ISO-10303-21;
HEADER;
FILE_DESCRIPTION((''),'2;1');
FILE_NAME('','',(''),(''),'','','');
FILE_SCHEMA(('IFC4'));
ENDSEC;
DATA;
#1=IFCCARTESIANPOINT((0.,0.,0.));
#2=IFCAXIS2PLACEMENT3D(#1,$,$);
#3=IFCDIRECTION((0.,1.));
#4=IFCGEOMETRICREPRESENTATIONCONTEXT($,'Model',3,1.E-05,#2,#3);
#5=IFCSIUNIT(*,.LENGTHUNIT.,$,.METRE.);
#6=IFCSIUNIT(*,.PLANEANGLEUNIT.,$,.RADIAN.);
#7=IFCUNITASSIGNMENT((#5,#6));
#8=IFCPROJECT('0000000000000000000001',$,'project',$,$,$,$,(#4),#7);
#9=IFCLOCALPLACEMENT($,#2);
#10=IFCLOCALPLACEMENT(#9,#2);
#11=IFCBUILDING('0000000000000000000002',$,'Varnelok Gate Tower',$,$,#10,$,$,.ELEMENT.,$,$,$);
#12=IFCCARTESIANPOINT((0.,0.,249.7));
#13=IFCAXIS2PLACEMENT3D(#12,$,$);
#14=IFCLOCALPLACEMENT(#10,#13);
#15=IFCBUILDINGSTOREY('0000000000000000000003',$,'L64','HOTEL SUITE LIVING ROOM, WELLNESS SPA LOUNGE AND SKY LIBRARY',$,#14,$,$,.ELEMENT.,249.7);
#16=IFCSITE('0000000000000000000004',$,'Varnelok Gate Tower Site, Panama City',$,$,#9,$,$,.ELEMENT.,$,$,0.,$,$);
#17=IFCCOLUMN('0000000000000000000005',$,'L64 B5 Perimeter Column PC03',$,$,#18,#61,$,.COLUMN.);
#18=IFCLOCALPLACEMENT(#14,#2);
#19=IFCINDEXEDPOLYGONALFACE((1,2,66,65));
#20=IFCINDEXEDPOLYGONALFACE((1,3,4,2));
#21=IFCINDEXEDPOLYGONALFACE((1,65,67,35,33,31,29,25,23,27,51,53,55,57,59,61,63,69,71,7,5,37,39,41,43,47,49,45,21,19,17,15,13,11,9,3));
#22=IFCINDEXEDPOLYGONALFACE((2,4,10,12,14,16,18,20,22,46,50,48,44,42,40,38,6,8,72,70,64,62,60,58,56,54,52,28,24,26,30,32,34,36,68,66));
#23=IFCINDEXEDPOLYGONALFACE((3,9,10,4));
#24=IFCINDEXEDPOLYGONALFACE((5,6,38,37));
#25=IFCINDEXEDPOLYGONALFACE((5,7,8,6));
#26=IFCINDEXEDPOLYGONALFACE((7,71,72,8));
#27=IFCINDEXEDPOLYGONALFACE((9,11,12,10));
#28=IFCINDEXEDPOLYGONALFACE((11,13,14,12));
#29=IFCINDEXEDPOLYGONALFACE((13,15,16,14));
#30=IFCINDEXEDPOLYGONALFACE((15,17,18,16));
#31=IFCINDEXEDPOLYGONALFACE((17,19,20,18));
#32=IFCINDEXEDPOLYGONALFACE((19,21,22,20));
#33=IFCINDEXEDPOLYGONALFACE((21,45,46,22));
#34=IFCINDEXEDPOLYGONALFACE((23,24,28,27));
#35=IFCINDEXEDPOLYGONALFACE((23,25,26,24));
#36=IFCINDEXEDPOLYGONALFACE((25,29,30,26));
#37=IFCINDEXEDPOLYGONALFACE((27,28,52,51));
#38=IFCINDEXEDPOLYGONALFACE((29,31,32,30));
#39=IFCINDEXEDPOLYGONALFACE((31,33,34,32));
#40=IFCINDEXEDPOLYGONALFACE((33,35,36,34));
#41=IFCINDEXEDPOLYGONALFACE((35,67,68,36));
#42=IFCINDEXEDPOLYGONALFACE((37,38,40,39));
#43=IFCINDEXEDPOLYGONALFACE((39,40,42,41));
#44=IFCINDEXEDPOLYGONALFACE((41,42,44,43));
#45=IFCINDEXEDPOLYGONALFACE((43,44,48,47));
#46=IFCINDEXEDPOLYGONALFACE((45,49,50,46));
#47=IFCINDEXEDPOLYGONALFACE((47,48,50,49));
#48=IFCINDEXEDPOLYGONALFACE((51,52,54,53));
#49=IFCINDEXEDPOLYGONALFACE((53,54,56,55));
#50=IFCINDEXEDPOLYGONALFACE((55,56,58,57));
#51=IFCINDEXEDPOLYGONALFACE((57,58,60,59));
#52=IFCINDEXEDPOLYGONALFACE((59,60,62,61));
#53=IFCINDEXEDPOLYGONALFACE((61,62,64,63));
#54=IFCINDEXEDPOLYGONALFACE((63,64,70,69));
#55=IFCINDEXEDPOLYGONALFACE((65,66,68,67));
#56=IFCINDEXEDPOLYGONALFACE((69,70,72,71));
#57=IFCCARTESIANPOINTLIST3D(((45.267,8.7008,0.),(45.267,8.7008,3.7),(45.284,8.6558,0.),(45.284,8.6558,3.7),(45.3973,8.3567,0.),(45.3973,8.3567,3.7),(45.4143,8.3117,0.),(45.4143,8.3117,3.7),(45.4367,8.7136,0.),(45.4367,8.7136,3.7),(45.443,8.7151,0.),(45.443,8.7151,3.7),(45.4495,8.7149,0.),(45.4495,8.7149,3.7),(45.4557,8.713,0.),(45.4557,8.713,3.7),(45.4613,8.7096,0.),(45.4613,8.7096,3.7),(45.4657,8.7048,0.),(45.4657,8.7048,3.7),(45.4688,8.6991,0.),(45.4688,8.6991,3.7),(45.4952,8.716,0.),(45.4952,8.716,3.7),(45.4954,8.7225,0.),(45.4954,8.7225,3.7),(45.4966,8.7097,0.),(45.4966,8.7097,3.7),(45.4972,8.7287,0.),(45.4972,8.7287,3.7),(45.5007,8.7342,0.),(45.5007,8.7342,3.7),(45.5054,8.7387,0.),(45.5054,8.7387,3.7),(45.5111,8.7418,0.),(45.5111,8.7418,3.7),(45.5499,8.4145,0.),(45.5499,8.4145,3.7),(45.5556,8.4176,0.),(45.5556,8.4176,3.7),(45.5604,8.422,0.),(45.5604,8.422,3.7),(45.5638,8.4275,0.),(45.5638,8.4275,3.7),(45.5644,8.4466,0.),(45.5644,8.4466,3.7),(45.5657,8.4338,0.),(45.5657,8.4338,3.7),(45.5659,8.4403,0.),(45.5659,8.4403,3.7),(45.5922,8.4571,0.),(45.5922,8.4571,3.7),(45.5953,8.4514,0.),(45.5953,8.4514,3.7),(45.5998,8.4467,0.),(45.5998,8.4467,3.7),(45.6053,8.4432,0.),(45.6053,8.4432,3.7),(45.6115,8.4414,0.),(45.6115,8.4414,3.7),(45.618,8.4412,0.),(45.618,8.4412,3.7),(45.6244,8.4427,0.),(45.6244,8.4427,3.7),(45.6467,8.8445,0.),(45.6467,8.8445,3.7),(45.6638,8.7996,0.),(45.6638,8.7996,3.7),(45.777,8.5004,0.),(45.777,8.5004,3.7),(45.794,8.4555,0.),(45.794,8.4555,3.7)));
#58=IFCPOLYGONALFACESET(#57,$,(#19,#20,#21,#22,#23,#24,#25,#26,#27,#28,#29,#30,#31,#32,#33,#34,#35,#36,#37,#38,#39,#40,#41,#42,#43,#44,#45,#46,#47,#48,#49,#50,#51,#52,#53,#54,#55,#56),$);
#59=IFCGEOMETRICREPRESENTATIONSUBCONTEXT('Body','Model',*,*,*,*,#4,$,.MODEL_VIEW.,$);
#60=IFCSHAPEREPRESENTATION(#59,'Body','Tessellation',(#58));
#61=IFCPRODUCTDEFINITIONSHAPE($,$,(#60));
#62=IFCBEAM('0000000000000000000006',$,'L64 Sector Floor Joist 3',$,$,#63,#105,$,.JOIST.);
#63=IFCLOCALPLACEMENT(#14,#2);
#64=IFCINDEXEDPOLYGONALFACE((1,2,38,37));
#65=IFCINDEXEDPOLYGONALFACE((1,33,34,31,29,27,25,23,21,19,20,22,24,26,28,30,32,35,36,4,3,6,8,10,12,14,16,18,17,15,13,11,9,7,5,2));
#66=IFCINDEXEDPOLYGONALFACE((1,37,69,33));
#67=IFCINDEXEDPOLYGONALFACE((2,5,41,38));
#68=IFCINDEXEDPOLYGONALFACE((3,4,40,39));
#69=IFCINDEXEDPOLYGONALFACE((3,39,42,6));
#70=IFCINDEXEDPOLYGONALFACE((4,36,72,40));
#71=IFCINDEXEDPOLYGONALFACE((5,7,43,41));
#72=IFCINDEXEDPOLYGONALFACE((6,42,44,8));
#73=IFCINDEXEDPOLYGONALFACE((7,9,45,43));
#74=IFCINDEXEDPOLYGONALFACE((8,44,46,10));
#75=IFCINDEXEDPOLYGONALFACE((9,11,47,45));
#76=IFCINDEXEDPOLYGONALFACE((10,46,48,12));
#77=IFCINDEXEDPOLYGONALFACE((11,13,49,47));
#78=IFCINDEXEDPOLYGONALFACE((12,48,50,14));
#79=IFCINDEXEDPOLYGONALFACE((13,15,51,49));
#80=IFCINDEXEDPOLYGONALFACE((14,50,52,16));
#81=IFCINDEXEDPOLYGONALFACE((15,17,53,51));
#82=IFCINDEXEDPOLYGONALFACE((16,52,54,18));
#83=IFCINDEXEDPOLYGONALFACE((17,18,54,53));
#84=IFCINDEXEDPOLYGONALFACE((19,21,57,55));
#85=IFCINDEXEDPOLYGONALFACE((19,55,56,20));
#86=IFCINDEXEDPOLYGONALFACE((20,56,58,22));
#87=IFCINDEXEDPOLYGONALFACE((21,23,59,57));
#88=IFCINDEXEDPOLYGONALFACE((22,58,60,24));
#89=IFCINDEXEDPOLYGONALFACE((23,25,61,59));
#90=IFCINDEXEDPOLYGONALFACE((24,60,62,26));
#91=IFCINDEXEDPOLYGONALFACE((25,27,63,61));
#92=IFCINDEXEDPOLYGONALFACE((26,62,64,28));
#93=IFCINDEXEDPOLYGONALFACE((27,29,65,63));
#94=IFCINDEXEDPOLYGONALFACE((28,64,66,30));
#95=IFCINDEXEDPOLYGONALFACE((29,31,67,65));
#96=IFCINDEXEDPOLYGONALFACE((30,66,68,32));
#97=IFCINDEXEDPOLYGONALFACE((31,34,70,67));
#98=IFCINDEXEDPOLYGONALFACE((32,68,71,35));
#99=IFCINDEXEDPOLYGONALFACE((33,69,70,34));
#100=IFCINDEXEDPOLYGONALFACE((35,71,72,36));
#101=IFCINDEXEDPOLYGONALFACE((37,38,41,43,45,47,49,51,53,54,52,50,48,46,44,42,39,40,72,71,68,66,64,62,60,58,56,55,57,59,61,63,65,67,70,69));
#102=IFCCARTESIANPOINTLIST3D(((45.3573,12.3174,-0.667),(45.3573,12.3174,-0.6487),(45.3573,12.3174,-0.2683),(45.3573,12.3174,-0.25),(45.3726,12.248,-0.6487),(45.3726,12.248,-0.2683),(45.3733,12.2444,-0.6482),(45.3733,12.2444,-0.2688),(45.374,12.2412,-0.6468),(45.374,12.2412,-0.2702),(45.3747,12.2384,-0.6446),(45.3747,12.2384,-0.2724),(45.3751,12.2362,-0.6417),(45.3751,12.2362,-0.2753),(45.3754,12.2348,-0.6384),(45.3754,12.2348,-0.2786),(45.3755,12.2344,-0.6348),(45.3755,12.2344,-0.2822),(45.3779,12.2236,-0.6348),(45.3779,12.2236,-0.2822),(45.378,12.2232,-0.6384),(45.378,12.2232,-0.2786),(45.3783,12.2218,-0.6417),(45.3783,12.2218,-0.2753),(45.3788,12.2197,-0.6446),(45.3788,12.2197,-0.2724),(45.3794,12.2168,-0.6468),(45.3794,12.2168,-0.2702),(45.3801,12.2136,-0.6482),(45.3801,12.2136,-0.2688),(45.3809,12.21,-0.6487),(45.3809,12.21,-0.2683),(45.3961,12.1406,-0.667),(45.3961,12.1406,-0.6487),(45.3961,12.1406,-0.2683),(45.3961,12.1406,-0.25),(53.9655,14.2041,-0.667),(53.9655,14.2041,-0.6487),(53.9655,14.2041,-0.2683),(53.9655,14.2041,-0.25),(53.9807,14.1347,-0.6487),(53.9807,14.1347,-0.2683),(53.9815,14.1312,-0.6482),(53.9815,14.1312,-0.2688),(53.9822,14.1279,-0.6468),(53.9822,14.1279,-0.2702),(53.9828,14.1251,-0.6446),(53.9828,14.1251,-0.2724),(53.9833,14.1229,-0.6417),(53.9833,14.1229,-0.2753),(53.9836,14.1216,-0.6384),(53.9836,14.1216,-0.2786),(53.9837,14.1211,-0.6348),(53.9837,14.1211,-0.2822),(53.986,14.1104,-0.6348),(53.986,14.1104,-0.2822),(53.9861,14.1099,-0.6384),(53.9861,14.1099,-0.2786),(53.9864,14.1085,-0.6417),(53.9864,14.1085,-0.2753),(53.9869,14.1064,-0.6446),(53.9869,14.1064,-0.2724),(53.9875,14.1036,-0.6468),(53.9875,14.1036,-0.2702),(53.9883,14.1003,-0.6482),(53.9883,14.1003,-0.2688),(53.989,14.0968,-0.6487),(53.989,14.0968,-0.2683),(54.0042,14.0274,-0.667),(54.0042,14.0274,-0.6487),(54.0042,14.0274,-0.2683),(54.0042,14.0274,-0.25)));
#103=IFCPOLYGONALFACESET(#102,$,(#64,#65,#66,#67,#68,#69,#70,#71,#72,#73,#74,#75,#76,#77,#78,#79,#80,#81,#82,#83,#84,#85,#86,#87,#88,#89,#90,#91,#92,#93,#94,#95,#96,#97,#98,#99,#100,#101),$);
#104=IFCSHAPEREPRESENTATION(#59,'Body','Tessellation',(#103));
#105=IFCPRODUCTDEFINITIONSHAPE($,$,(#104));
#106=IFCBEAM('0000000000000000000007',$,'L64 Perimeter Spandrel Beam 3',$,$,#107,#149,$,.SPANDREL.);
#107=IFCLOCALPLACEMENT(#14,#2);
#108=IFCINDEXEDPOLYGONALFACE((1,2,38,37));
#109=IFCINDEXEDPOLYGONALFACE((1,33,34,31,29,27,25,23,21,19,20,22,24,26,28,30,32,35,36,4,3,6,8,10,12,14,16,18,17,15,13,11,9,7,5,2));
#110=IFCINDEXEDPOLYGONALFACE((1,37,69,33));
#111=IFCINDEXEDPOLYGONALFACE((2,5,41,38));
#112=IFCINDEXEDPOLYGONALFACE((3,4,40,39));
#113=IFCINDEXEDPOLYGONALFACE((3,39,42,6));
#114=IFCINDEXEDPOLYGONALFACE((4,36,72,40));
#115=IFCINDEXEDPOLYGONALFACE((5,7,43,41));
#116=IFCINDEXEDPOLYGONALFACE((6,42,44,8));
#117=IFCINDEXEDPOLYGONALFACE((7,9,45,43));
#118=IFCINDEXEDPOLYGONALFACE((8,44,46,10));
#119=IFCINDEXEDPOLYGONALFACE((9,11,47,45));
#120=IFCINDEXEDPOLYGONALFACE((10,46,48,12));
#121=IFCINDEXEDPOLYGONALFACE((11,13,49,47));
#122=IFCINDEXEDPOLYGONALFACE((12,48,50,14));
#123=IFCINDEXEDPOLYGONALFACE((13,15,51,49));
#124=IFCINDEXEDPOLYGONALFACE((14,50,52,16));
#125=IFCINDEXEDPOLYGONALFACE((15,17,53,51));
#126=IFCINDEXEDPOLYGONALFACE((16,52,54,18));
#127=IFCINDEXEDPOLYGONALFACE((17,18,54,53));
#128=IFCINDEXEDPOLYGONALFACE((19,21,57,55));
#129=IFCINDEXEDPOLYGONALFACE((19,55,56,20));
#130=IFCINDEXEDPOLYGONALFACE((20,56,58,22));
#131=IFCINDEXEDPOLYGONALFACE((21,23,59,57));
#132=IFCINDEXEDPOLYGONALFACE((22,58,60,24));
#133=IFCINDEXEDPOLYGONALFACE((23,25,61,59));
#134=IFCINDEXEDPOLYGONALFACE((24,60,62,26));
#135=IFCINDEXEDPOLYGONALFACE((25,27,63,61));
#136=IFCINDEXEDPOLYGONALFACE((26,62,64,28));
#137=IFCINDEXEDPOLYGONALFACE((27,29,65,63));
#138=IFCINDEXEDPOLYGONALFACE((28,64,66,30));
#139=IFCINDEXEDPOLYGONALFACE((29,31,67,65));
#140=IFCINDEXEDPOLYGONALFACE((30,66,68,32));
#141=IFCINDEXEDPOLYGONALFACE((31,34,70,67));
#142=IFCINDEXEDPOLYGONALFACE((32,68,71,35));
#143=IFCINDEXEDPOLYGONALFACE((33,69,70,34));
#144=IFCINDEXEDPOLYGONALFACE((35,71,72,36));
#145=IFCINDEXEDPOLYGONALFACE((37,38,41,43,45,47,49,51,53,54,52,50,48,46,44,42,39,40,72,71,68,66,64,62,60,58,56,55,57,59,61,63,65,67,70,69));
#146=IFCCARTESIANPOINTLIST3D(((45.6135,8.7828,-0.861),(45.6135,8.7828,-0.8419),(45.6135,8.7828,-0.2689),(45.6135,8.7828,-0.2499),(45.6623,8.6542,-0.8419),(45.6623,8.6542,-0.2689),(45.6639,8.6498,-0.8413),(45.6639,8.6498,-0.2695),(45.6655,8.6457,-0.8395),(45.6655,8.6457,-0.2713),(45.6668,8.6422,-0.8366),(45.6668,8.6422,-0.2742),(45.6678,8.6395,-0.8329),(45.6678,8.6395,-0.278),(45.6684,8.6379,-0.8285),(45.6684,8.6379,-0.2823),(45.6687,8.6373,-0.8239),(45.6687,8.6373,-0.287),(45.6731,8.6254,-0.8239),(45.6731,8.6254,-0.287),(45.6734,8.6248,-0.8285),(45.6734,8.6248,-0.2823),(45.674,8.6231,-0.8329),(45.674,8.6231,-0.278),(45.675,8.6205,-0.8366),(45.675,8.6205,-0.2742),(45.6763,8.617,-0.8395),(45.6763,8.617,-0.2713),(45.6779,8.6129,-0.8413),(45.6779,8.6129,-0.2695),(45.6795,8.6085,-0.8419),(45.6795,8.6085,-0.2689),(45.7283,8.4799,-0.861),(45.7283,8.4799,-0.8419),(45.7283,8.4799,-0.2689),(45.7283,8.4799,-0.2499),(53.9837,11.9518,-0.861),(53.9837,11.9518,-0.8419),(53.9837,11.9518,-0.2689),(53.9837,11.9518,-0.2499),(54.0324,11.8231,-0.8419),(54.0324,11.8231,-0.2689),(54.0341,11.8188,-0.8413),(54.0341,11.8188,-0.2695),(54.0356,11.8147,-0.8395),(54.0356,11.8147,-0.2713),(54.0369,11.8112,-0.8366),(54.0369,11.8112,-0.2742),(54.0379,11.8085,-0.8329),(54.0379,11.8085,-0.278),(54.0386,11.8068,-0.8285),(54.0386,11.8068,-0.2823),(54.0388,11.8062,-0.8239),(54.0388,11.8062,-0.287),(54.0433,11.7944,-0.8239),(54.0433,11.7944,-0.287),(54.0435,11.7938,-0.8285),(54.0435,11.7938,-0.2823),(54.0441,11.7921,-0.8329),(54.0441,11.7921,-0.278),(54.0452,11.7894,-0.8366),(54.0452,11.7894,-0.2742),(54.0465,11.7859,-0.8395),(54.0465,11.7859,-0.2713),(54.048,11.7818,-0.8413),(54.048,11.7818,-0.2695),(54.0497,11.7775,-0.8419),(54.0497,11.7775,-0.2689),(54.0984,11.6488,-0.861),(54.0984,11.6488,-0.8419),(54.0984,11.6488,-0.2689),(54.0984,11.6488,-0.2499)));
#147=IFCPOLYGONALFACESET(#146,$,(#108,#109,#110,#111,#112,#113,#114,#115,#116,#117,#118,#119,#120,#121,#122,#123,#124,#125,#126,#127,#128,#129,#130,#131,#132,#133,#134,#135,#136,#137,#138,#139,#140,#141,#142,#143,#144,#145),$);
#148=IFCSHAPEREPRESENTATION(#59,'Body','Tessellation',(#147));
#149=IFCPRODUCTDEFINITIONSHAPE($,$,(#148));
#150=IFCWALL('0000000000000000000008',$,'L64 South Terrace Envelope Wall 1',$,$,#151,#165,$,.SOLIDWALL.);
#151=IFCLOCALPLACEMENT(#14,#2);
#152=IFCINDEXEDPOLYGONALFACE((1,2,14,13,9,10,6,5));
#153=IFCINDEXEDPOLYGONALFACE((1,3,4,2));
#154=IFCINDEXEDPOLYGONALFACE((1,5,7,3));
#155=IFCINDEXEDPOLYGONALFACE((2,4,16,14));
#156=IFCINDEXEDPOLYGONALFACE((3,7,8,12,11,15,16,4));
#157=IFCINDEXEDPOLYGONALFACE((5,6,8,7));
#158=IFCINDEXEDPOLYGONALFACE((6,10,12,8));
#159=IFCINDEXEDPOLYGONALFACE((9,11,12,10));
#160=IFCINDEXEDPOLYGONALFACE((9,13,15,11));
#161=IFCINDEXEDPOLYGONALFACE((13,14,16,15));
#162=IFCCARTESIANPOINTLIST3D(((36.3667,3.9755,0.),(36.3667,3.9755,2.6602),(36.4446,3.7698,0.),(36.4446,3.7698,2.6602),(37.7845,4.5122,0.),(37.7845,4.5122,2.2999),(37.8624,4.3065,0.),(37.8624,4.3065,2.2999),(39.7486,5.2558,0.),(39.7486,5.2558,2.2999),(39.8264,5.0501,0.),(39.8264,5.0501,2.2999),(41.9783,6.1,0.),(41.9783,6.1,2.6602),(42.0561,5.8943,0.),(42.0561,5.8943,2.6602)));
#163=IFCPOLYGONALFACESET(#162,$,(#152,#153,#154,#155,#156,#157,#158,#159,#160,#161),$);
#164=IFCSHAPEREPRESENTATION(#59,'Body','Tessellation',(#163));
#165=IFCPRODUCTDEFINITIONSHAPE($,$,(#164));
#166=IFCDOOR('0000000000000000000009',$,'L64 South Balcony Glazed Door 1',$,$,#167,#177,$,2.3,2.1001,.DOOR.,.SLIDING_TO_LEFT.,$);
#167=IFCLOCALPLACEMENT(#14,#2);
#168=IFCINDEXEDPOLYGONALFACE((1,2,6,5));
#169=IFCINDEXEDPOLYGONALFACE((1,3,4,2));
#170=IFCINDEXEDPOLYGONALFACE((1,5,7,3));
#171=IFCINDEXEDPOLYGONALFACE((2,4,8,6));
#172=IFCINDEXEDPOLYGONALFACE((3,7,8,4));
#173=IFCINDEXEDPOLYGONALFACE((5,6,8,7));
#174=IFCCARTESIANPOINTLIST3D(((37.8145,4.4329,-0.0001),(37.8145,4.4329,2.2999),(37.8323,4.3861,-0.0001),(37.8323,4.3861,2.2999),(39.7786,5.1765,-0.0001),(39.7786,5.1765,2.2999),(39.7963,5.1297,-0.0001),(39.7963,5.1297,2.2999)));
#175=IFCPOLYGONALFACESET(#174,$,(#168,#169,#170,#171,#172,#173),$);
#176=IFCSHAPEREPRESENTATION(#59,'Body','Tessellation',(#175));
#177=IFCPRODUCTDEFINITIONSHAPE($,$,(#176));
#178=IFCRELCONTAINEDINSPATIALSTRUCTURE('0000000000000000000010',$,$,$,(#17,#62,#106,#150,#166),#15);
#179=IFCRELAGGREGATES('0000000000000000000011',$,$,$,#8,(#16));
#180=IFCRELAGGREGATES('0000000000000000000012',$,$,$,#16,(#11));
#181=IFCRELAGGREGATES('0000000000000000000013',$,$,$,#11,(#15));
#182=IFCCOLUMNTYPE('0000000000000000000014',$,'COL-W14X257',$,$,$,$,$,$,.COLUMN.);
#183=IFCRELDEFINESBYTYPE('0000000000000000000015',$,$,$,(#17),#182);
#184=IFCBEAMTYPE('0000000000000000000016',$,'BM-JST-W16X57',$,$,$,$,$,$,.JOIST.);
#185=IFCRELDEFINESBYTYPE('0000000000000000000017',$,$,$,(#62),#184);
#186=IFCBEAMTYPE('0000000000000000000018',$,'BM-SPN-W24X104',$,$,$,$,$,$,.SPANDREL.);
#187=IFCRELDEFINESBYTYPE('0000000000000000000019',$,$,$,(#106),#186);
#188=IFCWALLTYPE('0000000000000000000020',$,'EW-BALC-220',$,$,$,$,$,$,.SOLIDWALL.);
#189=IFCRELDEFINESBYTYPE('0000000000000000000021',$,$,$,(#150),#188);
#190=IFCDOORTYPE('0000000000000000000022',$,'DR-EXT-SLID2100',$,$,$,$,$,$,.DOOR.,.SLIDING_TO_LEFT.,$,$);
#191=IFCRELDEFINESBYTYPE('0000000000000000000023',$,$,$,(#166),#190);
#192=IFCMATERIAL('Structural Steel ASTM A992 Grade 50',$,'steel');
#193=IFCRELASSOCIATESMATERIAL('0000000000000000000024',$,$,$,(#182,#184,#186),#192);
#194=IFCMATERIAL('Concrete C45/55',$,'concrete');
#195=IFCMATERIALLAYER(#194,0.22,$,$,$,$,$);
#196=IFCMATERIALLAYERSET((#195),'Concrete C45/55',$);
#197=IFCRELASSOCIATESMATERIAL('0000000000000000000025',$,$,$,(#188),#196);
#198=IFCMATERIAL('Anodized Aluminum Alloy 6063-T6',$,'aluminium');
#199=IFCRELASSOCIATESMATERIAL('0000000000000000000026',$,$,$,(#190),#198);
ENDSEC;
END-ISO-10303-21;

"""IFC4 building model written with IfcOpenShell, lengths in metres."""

from ifc_helpers import new_model, si_unit, direction, frame, frame_2d, origin, origin_2d, place, context, subcontext, project, spatial, rectangle, i_section, extrude, material, layer, layer_set, material_profile, profile_set, type_object, element, fill, save


model = new_model("IFC4")

# Units and contexts
model_context = context("Model", 3, precision=1e-05, world=origin(), true_north=direction((0.0, 1.0)))
body_context = subcontext(model_context, "Body", "Model", "MODEL_VIEW")
ifc_project = project(units=[si_unit("LENGTHUNIT", "METRE"), si_unit("PLANEANGLEUNIT", "RADIAN")], contexts=[model_context])

# Site, building, storey
site_placement = place(None, origin())
site = spatial("IfcSite", under=ifc_project, at=site_placement, Name="Varnelok Gate Tower Site, Panama City", CompositionType="ELEMENT", RefElevation=0.0)
building_placement = place(site_placement, origin())
building = spatial("IfcBuilding", under=site, at=building_placement, Name="Varnelok Gate Tower", CompositionType="ELEMENT")
storey_placement = place(building_placement, frame((0.0, 0.0, 249.7)))
storey = spatial("IfcBuildingStorey", under=building, at=storey_placement, Name="L64", Description="HOTEL SUITE LIVING ROOM, WELLNESS SPA LOUNGE AND SKY LIBRARY", CompositionType="ELEMENT", Elevation=249.7)

# Column
ifc_material_1 = material(Name="Structural Steel ASTM A992 Grade 50", Category="steel")
ifc_material_profile_1 = material_profile(ifc_material_1, i_section(OverallWidth=0.406, OverallDepth=0.416, WebThickness=0.0298, FlangeThickness=0.0481, FilletRadius=0.0249, at=origin_2d()), Name="W14X257")
ifc_profile_set_1 = profile_set([ifc_material_profile_1], Name="Structural Steel ASTM A992 Grade 50")
column_type = type_object("IfcColumnType", Name="COL-W14X257", PredefinedType="COLUMN", material=ifc_profile_set_1)
column_placement = place(storey_placement, frame((45.5305, 8.5781, 0.0), z_axis=(0.0, 0.0, 1.0), x_axis=(0.935222, 0.354063, 0.0)))
element("IfcColumn", 1, at=column_placement, inside=storey, type_object=column_type, Name="L64 B5 Perimeter Column PC03", PredefinedType="COLUMN", context=body_context, shape_type="SweptSolid", body=[
    extrude(i_section(OverallWidth=0.406, OverallDepth=0.416, WebThickness=0.0298, FlangeThickness=0.0481, FilletRadius=0.0249, at=origin_2d()), origin(), (0.0, 0.0, 1.0), 3.7),
])

# Beams
ifc_material_profile_2 = material_profile(ifc_material_1, i_section(OverallWidth=0.1809, OverallDepth=0.417, WebThickness=0.011, FlangeThickness=0.0183, FilletRadius=0.0139, at=origin_2d()), Name="W16X57")
ifc_profile_set_2 = profile_set([ifc_material_profile_2], Name="Structural Steel ASTM A992 Grade 50")
beam_type_1 = type_object("IfcBeamType", Name="BM-JST-W16X57", PredefinedType="JOIST", material=ifc_profile_set_2)
beam_1_placement = place(storey_placement, frame((45.3767, 12.229, -0.4585), z_axis=(0.976813, 0.214096, 0.0), x_axis=(-0.214096, 0.976813, 0.0)))
element("IfcBeam", 2, at=beam_1_placement, inside=storey, type_object=beam_type_1, Name="L64 Sector Floor Joist 3", PredefinedType="JOIST", context=body_context, shape_type="SweptSolid", body=[
    extrude(i_section(OverallWidth=0.1809, OverallDepth=0.417, WebThickness=0.011, FlangeThickness=0.0183, FilletRadius=0.0139, at=origin_2d()), origin(), (0.0, 0.0, 1.0), 8.8125),
])
ifc_material_profile_3 = material_profile(ifc_material_1, i_section(OverallWidth=0.324, OverallDepth=0.6111, WebThickness=0.0127, FlangeThickness=0.019, FilletRadius=0.0181, at=origin_2d()), Name="W24X104")
ifc_profile_set_3 = profile_set([ifc_material_profile_3], Name="Structural Steel ASTM A992 Grade 50")
beam_type_2 = type_object("IfcBeamType", Name="BM-SPN-W24X104", PredefinedType="SPANDREL", material=ifc_profile_set_3)
beam_2_placement = place(storey_placement, frame((45.6709, 8.6313, -0.5554), z_axis=(0.935217, 0.354075, 0.0), x_axis=(-0.354075, 0.935217, 0.0)))
element("IfcBeam", 3, at=beam_2_placement, inside=storey, type_object=beam_type_2, Name="L64 Perimeter Spandrel Beam 3", PredefinedType="SPANDREL", context=body_context, shape_type="SweptSolid", body=[
    extrude(i_section(OverallWidth=0.324, OverallDepth=0.6111, WebThickness=0.0127, FlangeThickness=0.019, FilletRadius=0.0181, at=origin_2d()), origin(), (0.0, 0.0, 1.0), 8.95),
])

# Wall, opening, door
ifc_material_2 = material(Name="Concrete C45/55", Category="concrete")
ifc_layer_1 = layer(ifc_material_2, 0.22)
ifc_layer_set_1 = layer_set([ifc_layer_1], Name="Concrete C45/55")
wall_type_1 = type_object("IfcWallType", Name="EW-BALC-220", PredefinedType="SOLIDWALL", material=ifc_layer_set_1)
wall_1_placement = place(storey_placement, frame((42.0171, 5.9971, 0.0), z_axis=(0.0, 0.0, 1.0), x_axis=(-0.935219, -0.354069, 0.0)))
wall_1 = element("IfcWall", 4, at=wall_1_placement, inside=storey, type_object=wall_type_1, Name="L64 South Terrace Envelope Wall 1", PredefinedType="SOLIDWALL", context=body_context, shape_type="SweptSolid", body=[
    extrude(rectangle(XDim=6.0002, YDim=0.22, at=frame_2d((3.0, 0.0))), origin(), (0.0, 0.0, 1.0), 2.6602),
])
opening_1_placement = place(wall_1_placement, frame((2.384, 0.0, 0.0)))
opening_1 = element("IfcOpeningElement", 5, at=opening_1_placement, cuts=wall_1, PredefinedType="OPENING", context=body_context, shape_type="SweptSolid", body=[
    extrude(rectangle(XDim=2.1001, YDim=2.3, at=frame_2d((1.05, 1.1499))), frame((0.0, 0.1199, 0.0), z_axis=(0.0, -1.0, 0.0), x_axis=(1.0, 0.0, 0.0)), (0.0, 0.0, 1.0), 0.24),
])
ifc_material_3 = material(Name="Anodized Aluminum Alloy 6063-T6", Category="aluminium")
door_type_1 = type_object("IfcDoorType", Name="DR-EXT-SLID2100", OperationType="SLIDING_TO_LEFT", PredefinedType="DOOR", material=ifc_material_3)
door_1_placement = place(opening_1_placement, origin())
door_1 = element("IfcDoor", 6, at=door_1_placement, inside=storey, type_object=door_type_1, Name="L64 South Balcony Glazed Door 1", OperationType="SLIDING_TO_LEFT", OverallHeight=2.3, OverallWidth=2.1001, PredefinedType="DOOR", context=body_context, shape_type="SweptSolid", body=[
    extrude(rectangle(XDim=2.1001, YDim=2.3, at=frame_2d((1.05, 1.1499))), frame((0.0, 0.0249, 0.0), z_axis=(0.0, -1.0, 0.0), x_axis=(1.0, 0.0, 0.0)), (0.0, 0.0, 1.0), 0.05),
])
fill(opening_1, door_1)

save(model, "model.ifc")
